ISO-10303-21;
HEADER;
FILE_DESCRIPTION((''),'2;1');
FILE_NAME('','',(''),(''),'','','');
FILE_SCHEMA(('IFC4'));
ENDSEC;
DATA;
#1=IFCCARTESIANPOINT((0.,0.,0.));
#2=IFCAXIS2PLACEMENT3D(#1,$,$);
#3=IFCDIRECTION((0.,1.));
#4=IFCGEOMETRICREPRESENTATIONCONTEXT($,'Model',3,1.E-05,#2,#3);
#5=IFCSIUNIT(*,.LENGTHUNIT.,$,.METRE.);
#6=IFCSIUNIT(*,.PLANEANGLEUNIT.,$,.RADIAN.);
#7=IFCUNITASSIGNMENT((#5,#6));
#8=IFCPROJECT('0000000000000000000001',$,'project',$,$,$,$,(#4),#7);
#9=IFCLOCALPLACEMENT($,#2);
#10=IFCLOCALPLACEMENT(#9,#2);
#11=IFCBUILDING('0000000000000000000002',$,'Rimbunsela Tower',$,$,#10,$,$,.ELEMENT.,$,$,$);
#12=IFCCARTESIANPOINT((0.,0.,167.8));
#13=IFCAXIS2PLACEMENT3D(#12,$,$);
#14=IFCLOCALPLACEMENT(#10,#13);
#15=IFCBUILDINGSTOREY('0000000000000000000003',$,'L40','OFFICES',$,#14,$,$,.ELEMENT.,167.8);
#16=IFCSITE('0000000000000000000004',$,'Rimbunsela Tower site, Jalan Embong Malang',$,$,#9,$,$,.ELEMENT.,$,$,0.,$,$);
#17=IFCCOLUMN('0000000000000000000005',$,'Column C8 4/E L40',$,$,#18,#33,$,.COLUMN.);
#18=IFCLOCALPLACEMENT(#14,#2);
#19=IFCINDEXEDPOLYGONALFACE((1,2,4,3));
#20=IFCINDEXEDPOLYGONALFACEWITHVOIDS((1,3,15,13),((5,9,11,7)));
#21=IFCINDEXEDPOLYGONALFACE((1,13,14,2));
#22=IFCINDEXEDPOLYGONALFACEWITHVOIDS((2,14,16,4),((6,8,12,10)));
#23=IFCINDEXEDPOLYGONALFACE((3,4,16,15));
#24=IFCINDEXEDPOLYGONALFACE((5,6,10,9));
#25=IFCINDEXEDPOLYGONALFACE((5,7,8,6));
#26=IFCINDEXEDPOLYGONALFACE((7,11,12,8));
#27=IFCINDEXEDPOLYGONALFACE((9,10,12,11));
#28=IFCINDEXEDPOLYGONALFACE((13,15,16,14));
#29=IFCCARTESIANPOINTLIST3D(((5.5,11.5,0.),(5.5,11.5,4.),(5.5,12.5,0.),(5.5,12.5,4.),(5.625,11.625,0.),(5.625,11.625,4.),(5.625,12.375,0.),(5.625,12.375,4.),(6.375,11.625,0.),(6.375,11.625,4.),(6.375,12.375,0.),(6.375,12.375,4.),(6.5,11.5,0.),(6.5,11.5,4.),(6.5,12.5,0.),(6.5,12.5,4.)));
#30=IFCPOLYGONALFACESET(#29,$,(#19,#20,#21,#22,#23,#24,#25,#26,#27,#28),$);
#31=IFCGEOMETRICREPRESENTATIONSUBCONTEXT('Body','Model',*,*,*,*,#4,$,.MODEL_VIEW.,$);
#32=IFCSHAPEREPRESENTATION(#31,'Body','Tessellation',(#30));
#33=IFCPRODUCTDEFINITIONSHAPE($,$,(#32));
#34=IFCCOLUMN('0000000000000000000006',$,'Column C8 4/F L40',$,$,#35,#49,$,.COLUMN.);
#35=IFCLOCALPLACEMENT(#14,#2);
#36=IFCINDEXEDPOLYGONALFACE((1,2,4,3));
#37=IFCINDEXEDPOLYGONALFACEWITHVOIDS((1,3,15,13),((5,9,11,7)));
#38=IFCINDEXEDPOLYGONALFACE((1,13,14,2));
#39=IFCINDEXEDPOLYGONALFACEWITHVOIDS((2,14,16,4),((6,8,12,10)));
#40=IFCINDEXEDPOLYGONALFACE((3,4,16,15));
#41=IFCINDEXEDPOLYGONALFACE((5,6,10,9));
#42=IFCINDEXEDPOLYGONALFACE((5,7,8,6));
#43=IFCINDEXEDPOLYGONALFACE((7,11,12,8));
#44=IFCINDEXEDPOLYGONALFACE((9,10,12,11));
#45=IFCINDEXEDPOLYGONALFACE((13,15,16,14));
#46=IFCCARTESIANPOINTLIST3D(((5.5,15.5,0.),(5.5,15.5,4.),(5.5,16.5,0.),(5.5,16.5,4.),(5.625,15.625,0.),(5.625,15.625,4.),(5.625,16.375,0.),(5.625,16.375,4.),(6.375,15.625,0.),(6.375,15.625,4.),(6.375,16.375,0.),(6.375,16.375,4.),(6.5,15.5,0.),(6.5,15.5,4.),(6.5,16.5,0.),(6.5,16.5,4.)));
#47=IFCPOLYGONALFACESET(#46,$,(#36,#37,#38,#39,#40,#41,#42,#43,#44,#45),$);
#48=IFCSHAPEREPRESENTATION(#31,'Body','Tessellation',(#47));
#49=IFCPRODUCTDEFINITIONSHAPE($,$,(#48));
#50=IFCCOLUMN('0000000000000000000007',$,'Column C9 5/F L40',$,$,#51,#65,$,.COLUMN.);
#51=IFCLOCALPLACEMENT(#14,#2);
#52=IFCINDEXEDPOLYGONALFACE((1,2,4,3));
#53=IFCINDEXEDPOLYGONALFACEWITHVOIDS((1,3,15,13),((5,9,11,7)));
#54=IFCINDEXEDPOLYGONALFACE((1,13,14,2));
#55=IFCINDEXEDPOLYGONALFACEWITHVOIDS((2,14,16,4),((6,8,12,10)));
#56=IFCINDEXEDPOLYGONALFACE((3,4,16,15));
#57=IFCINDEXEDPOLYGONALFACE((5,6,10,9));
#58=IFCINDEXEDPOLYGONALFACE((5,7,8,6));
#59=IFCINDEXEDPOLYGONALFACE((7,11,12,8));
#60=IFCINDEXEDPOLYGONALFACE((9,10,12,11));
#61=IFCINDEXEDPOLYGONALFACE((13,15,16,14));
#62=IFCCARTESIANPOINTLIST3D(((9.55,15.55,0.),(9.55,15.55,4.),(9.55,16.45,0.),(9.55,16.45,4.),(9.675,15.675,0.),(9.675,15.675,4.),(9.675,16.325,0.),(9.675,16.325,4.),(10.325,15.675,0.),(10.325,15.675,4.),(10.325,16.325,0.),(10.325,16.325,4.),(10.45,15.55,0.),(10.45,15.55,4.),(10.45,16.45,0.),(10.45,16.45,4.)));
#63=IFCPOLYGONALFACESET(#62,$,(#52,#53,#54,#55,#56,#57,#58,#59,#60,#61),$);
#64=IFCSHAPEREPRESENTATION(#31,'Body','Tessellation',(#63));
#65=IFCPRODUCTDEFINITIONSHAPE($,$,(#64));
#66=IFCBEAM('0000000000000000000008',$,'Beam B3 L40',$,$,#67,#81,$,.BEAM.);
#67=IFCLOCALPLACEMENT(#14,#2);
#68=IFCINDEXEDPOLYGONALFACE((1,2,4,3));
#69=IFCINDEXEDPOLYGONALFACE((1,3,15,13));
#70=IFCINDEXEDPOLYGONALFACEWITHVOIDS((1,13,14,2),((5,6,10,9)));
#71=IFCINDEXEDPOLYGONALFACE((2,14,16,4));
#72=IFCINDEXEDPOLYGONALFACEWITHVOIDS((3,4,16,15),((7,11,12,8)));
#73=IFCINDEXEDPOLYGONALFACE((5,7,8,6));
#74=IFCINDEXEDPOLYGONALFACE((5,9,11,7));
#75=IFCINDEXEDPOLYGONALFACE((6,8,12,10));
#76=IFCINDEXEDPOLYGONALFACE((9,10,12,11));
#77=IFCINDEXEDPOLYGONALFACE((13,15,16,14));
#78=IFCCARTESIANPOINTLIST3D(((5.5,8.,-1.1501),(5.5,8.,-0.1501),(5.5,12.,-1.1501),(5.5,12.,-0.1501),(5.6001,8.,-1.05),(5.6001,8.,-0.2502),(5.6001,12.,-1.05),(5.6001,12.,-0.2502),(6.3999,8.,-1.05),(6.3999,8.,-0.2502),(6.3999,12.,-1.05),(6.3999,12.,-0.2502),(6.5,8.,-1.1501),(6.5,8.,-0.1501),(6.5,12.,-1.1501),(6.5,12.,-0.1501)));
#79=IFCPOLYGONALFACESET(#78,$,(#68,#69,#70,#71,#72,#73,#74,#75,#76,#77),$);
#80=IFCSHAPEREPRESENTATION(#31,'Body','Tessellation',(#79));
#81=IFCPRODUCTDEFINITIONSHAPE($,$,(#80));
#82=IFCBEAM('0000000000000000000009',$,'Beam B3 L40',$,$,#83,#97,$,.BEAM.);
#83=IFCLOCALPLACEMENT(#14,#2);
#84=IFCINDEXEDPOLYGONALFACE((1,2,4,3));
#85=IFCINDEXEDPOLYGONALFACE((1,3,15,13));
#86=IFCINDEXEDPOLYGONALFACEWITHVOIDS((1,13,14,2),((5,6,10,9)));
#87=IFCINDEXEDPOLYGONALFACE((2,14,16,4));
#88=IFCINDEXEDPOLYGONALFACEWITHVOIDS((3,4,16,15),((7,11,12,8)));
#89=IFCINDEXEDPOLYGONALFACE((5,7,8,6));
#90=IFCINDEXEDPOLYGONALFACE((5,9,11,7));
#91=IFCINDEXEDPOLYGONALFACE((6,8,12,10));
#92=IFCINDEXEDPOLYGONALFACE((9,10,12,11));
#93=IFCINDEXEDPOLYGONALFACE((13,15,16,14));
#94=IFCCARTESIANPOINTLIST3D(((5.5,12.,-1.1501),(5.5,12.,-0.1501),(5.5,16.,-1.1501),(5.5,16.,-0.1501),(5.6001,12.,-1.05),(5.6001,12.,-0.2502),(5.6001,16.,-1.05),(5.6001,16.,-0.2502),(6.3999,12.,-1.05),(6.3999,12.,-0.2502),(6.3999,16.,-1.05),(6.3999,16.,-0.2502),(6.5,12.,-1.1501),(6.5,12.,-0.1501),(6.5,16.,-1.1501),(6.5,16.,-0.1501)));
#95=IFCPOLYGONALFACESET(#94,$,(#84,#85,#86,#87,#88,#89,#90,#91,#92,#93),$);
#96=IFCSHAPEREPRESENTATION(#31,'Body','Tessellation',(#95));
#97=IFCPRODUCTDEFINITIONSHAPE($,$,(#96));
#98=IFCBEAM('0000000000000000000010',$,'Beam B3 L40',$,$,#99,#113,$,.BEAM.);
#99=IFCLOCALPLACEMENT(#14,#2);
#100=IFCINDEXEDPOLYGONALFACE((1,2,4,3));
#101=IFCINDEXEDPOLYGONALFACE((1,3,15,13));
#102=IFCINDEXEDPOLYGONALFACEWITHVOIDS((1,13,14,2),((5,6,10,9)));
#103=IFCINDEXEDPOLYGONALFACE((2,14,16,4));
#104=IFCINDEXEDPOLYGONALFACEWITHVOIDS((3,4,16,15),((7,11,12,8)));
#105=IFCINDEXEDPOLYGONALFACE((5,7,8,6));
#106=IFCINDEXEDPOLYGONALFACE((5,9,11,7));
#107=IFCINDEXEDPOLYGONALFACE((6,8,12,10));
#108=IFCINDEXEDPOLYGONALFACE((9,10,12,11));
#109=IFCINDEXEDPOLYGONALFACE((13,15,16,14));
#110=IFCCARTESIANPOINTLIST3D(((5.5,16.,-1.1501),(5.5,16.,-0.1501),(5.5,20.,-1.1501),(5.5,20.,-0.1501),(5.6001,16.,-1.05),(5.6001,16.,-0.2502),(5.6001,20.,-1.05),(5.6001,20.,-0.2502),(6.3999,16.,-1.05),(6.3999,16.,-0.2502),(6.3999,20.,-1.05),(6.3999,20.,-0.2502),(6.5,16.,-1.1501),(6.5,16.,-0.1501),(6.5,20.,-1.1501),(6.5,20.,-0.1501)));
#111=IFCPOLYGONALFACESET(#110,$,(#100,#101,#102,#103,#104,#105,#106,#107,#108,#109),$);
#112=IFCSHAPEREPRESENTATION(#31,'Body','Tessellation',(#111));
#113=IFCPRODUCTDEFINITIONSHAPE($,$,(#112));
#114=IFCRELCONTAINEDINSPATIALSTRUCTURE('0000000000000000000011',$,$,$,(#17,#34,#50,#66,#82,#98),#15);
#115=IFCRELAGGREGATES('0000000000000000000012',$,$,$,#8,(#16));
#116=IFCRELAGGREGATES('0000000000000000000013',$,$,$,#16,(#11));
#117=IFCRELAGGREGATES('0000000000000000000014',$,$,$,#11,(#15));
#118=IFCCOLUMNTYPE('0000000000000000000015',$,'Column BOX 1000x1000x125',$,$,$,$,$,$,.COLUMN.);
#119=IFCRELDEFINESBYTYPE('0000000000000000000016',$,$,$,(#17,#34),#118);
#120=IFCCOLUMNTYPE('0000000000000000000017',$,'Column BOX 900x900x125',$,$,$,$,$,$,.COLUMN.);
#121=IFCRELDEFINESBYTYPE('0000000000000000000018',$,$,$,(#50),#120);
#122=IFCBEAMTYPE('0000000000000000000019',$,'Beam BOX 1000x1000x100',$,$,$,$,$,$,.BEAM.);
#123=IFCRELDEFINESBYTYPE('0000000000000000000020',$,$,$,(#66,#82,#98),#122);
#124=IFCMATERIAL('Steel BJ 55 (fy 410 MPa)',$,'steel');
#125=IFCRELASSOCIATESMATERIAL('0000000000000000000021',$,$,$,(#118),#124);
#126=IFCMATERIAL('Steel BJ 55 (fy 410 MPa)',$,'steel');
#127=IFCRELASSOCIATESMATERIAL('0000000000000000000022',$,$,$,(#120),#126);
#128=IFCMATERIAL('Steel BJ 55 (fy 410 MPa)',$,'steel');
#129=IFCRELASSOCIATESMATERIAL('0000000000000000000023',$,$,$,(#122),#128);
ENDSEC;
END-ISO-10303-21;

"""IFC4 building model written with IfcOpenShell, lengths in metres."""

from ifc_helpers import new_model, si_unit, direction, frame, origin, origin_2d, place, context, subcontext, project, spatial, hollow_rectangle, extrude, material, material_profile, profile_set, type_object, element, save


model = new_model("IFC4")

# Units and contexts
model_context = context("Model", 3, precision=1e-05, world=origin(), true_north=direction((0.0, 1.0)))
body_context = subcontext(model_context, "Body", "Model", "MODEL_VIEW")
ifc_project = project(units=[si_unit("LENGTHUNIT", "METRE"), si_unit("PLANEANGLEUNIT", "RADIAN")], contexts=[model_context])

# Site, building, storey
site_placement = place(None, origin())
site = spatial("IfcSite", under=ifc_project, at=site_placement, Name="Rimbunsela Tower site, Jalan Embong Malang", CompositionType="ELEMENT", RefElevation=0.0)
building_placement = place(site_placement, origin())
building = spatial("IfcBuilding", under=site, at=building_placement, Name="Rimbunsela Tower", CompositionType="ELEMENT")
storey_placement = place(building_placement, frame((0.0, 0.0, 167.8)))
storey = spatial("IfcBuildingStorey", under=building, at=storey_placement, Name="L40", Description="OFFICES", CompositionType="ELEMENT", Elevation=167.8)

# Columns
ifc_material_1 = material(Name="Steel BJ 55 (fy 410 MPa)", Category="steel")
ifc_material_profile_1 = material_profile(ifc_material_1, hollow_rectangle(XDim=1.0, YDim=1.0, WallThickness=0.125, at=origin_2d()), Name="BOX 1000x1000x125")
ifc_profile_set_1 = profile_set([ifc_material_profile_1], Name="Steel BJ 55 (fy 410 MPa)")
column_type_1 = type_object("IfcColumnType", Name="Column BOX 1000x1000x125", PredefinedType="COLUMN", material=ifc_profile_set_1)
for number, where, z_axis, x_axis, name in (
    (1, (6.0, 12.0, 0.0), (0.0, 0.0, 1.0), (1.0, 0.0, 0.0), "Column C8 4/E L40"),
    (2, (6.0, 16.0, 0.0), (0.0, 0.0, 1.0), (1.0, 0.0, 0.0), "Column C8 4/F L40"),
):
    element("IfcColumn", number, at=place(storey_placement, frame(where, z_axis=z_axis, x_axis=x_axis)), inside=storey, type_object=column_type_1, Name=name, PredefinedType="COLUMN", context=body_context, shape_type="SweptSolid", body=[
        extrude(hollow_rectangle(XDim=1.0, YDim=1.0, WallThickness=0.125, at=origin_2d()), origin(), (0.0, 0.0, 1.0), 4.0),
    ])
ifc_material_2 = material(Name="Steel BJ 55 (fy 410 MPa)", Category="steel")
ifc_material_profile_2 = material_profile(ifc_material_2, hollow_rectangle(XDim=0.8999, YDim=0.8999, WallThickness=0.125, at=origin_2d()), Name="BOX 900x900x125")
ifc_profile_set_2 = profile_set([ifc_material_profile_2], Name="Steel BJ 55 (fy 410 MPa)")
column_type_2 = type_object("IfcColumnType", Name="Column BOX 900x900x125", PredefinedType="COLUMN", material=ifc_profile_set_2)
column_placement = place(storey_placement, frame((10.0, 16.0, 0.0), z_axis=(0.0, 0.0, 1.0), x_axis=(1.0, 0.0, 0.0)))
element("IfcColumn", 3, at=column_placement, inside=storey, type_object=column_type_2, Name="Column C9 5/F L40", PredefinedType="COLUMN", context=body_context, shape_type="SweptSolid", body=[
    extrude(hollow_rectangle(XDim=0.8999, YDim=0.8999, WallThickness=0.125, at=origin_2d()), origin(), (0.0, 0.0, 1.0), 4.0),
])

# Beams
ifc_material_3 = material(Name="Steel BJ 55 (fy 410 MPa)", Category="steel")
ifc_material_profile_3 = material_profile(ifc_material_3, hollow_rectangle(XDim=1.0, YDim=1.0, WallThickness=0.1001, at=origin_2d()), Name="BOX 1000x1000x100")
ifc_profile_set_3 = profile_set([ifc_material_profile_3], Name="Steel BJ 55 (fy 410 MPa)")
beam_type = type_object("IfcBeamType", Name="Beam BOX 1000x1000x100", PredefinedType="BEAM", material=ifc_profile_set_3)
for number, where, z_axis, x_axis, name in (
    (4, (6.0, 8.0, -0.6501), (0.0, 1.0, 0.0), (-1.0, 0.0, 0.0), "Beam B3 L40"),
    (5, (6.0, 12.0, -0.6501), (0.0, 1.0, 0.0), (-1.0, 0.0, 0.0), "Beam B3 L40"),
    (6, (6.0, 16.0, -0.6501), (0.0, 1.0, 0.0), (-1.0, 0.0, 0.0), "Beam B3 L40"),
):
    element("IfcBeam", number, at=place(storey_placement, frame(where, z_axis=z_axis, x_axis=x_axis)), inside=storey, type_object=beam_type, Name=name, PredefinedType="BEAM", context=body_context, shape_type="SweptSolid", body=[
        extrude(hollow_rectangle(XDim=1.0, YDim=1.0, WallThickness=0.1001, at=origin_2d()), origin(), (0.0, 0.0, 1.0), 4.0),
    ])

save(model, "model.ifc")
